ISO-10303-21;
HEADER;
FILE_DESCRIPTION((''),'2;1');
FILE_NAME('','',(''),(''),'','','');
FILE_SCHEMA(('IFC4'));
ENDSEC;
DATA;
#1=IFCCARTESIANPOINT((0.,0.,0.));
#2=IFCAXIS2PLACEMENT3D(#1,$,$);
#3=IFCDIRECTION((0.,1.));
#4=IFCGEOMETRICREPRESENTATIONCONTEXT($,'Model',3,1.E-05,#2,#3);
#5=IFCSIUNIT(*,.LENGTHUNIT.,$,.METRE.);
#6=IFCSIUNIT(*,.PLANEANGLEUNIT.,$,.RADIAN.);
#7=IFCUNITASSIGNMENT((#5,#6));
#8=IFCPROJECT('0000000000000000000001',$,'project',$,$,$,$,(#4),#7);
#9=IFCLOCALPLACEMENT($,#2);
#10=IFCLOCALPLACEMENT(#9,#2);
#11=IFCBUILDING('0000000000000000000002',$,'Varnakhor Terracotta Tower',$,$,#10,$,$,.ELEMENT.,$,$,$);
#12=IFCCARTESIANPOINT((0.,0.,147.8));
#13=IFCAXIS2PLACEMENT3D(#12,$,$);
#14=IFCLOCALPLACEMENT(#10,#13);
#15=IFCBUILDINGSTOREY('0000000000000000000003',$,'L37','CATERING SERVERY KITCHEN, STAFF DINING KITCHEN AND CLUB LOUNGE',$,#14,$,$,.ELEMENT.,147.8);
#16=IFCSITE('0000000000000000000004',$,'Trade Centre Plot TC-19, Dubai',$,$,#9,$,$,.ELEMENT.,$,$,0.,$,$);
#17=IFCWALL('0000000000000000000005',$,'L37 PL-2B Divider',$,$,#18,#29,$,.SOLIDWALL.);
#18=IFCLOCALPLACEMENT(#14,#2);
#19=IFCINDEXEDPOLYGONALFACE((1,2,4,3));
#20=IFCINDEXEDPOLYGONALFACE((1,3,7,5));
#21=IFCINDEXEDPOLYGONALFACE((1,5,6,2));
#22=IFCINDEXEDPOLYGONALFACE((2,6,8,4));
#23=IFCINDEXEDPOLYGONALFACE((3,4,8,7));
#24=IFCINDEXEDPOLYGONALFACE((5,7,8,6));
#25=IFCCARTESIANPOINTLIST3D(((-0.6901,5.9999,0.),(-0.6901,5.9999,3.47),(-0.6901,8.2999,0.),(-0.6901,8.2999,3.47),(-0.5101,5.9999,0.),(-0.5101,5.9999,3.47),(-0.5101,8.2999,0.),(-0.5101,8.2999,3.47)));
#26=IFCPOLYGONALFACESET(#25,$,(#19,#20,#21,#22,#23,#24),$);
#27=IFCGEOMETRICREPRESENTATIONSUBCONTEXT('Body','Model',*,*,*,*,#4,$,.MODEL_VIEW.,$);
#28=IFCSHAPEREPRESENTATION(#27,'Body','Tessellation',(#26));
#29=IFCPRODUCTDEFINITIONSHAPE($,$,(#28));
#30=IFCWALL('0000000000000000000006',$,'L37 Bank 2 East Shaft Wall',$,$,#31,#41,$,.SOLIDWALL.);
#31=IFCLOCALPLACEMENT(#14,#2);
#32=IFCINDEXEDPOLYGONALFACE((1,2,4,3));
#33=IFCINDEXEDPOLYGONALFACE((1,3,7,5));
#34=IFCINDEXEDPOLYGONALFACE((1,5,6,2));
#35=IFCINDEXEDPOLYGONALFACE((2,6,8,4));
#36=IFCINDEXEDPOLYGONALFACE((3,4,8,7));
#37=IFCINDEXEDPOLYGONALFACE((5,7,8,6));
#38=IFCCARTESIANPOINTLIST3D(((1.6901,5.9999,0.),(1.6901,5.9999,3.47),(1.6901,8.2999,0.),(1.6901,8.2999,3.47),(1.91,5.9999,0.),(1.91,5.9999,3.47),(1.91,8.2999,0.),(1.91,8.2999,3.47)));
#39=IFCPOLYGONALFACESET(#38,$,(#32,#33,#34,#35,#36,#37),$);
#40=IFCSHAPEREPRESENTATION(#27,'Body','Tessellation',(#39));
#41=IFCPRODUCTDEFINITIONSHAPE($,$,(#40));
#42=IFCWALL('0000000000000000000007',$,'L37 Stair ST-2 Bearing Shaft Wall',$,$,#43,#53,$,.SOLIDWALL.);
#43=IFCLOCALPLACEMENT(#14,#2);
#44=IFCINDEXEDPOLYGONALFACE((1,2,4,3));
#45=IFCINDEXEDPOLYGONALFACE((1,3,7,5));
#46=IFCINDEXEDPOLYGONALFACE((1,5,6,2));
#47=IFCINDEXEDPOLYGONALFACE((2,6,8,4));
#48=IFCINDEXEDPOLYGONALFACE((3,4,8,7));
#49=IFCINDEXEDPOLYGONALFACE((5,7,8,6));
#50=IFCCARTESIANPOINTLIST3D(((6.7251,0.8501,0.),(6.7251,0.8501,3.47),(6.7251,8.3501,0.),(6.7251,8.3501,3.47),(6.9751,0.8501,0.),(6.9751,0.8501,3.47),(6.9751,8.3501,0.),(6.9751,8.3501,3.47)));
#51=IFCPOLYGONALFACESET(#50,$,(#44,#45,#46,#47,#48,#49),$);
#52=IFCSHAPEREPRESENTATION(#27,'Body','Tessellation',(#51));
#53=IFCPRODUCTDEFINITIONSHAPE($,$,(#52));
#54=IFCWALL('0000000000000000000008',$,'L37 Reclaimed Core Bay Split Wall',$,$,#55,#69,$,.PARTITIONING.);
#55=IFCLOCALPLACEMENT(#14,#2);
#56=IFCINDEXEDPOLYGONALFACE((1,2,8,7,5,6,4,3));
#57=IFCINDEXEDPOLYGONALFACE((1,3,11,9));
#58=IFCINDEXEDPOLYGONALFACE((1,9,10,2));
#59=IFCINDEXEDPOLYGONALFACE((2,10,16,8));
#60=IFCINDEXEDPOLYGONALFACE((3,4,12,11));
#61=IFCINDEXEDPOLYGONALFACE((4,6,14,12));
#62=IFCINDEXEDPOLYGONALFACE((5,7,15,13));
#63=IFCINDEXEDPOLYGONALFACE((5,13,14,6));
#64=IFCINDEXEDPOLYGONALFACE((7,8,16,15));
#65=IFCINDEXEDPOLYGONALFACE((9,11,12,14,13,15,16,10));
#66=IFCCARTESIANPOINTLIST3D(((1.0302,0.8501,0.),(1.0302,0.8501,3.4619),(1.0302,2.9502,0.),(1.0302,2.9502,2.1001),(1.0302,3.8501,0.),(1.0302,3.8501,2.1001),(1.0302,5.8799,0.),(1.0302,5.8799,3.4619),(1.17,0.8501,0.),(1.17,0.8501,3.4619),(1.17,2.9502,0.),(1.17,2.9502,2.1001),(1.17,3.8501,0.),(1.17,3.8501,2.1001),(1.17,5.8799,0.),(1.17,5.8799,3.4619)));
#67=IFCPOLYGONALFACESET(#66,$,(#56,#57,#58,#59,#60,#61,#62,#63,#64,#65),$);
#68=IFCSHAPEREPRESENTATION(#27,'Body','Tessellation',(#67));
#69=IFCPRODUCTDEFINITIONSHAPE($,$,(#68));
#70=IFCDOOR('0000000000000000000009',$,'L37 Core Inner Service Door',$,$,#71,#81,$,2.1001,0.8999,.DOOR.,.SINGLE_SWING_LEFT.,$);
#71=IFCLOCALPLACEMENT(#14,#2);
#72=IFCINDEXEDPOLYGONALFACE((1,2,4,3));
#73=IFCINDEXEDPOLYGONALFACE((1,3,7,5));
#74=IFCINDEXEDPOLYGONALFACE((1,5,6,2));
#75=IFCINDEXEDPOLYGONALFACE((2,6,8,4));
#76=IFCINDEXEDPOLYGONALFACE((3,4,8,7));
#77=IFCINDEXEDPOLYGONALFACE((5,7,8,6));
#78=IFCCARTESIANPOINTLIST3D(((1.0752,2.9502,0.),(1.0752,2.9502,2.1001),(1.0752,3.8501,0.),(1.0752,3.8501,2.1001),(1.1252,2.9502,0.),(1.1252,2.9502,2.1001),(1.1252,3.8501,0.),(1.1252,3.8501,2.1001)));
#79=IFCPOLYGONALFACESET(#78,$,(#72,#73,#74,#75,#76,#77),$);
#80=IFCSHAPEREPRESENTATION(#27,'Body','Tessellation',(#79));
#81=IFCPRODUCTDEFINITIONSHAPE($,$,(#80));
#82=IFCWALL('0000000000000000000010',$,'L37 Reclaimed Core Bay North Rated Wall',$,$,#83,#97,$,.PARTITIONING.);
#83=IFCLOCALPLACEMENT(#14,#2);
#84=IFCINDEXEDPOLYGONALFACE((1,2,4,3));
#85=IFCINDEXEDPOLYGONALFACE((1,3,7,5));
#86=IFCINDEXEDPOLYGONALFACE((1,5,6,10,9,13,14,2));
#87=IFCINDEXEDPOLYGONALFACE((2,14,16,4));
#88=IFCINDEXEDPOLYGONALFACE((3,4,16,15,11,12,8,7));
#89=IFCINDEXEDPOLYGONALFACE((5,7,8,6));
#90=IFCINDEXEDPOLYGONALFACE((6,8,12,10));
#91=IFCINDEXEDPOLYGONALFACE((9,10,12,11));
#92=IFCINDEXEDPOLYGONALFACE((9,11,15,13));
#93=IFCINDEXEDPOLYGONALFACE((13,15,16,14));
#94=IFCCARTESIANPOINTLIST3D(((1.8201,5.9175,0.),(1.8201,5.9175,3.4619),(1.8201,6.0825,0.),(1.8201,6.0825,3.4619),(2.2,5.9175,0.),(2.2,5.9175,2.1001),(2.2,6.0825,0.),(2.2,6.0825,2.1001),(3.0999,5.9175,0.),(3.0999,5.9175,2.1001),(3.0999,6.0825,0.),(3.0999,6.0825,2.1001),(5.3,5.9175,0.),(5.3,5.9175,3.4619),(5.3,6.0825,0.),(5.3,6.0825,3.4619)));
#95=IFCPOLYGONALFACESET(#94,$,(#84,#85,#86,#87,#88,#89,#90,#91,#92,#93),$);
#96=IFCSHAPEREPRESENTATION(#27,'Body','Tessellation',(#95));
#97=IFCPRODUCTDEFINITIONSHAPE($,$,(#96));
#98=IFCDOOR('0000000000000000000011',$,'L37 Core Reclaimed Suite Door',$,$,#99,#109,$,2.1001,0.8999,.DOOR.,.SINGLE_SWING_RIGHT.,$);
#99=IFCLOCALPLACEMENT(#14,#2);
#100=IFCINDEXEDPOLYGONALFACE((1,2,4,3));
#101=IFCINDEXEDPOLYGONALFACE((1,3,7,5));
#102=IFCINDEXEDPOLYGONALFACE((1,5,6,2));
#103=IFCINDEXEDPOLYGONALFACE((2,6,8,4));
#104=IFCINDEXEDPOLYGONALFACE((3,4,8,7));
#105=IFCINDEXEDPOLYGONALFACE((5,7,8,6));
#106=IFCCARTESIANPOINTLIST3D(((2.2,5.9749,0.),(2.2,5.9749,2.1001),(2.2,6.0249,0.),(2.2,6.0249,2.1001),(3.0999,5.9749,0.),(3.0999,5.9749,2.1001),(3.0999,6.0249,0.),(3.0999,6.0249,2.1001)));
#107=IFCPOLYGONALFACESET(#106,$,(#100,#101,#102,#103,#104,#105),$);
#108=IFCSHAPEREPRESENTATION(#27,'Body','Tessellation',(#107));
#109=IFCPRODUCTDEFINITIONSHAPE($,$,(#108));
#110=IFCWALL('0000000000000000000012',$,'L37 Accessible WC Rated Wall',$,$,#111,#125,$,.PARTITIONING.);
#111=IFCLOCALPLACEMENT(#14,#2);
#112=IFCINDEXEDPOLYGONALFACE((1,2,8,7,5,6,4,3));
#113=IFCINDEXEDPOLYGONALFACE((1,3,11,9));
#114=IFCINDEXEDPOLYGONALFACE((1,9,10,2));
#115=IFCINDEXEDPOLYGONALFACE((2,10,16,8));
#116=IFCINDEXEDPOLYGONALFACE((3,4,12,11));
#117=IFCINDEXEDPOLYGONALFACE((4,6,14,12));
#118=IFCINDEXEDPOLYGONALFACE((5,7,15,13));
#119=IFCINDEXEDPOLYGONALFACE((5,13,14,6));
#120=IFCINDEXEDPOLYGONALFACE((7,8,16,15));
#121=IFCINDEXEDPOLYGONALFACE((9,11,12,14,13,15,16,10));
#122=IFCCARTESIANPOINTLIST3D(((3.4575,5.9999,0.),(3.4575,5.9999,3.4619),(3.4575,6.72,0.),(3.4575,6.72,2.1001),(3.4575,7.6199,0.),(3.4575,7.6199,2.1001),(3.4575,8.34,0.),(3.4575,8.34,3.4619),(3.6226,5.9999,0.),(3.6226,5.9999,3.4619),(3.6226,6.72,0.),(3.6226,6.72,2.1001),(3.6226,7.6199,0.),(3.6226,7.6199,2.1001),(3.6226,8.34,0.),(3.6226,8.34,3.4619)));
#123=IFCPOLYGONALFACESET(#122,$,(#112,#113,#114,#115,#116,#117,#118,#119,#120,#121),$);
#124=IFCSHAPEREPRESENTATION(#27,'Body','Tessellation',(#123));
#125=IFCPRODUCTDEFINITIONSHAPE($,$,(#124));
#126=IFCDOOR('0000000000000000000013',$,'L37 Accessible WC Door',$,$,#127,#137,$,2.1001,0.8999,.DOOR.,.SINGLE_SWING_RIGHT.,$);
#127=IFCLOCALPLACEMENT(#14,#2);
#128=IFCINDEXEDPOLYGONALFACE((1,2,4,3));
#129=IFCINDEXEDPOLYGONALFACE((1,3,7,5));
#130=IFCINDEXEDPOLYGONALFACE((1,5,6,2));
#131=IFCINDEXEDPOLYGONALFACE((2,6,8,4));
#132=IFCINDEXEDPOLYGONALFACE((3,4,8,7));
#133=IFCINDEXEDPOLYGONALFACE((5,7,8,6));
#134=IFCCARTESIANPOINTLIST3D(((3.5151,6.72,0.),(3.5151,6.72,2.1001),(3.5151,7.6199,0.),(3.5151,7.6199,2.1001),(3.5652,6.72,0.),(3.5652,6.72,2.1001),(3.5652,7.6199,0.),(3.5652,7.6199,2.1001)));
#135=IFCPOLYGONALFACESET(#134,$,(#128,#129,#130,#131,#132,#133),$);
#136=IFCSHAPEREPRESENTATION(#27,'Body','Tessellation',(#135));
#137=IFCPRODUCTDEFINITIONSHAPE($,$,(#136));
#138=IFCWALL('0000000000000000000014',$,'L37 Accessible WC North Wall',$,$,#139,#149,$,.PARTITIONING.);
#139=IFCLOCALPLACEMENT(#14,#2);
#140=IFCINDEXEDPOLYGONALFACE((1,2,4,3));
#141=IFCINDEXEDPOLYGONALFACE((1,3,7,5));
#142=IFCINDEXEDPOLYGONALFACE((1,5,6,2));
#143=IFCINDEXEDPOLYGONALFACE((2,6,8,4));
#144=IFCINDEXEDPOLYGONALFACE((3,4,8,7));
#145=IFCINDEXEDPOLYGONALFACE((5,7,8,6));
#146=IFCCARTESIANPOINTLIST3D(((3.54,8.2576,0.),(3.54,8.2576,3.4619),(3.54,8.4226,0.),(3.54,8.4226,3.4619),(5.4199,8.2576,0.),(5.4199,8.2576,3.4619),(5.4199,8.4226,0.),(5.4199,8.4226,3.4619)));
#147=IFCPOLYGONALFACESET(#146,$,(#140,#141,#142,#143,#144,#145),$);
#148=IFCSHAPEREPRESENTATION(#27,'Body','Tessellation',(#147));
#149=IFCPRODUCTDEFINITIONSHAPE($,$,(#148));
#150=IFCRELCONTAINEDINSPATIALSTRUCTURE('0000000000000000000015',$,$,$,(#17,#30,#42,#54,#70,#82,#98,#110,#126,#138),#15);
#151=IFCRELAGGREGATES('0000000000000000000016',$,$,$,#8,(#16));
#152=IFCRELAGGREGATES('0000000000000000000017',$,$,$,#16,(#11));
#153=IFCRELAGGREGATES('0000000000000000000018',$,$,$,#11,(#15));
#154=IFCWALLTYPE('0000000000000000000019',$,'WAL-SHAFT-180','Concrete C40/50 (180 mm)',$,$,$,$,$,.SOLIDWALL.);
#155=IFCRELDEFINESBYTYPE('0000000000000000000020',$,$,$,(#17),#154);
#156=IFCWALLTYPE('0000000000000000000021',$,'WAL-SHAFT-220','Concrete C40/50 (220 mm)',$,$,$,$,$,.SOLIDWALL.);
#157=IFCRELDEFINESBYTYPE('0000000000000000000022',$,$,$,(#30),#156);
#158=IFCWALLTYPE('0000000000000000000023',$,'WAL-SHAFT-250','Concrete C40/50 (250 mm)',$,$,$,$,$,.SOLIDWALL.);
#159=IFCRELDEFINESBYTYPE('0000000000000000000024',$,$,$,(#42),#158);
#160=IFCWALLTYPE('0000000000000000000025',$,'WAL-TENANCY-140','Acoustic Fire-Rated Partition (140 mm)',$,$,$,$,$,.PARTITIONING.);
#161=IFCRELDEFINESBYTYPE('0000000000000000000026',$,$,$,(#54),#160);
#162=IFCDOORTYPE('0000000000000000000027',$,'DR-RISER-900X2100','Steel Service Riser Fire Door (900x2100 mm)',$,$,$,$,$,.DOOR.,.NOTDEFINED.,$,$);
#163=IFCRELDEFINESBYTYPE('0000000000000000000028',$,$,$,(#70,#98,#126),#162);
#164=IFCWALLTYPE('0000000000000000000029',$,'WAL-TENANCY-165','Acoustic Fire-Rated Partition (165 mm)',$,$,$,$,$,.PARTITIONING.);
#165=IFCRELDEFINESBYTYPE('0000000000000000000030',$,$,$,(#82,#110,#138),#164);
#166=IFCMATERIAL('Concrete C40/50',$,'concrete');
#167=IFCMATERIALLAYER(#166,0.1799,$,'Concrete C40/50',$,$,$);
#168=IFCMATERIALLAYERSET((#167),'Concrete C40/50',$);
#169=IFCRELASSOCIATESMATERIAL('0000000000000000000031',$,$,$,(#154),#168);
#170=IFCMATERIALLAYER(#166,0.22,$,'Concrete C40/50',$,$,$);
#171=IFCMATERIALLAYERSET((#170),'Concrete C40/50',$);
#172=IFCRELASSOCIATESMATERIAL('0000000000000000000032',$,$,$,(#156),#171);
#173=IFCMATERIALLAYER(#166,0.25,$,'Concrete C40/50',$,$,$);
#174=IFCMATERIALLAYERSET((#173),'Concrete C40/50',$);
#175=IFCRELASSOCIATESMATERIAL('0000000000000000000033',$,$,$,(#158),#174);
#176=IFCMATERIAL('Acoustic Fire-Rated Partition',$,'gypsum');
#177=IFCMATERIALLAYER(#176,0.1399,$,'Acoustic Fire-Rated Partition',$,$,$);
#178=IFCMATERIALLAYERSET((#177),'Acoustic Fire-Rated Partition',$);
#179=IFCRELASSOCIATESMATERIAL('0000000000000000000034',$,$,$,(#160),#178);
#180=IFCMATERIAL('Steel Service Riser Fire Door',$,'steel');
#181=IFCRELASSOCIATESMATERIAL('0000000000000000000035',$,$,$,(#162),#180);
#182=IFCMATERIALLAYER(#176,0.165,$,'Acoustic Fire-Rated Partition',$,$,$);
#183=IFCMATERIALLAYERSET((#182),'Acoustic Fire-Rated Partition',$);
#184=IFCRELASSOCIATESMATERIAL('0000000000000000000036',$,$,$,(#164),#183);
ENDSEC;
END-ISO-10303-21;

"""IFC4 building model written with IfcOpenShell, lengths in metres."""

from ifc_helpers import new_model, si_unit, direction, frame, frame_2d, origin, place, context, subcontext, project, spatial, rectangle, extrude, source, transform, mapped, material, layer, layer_set, type_object, type_shapes, element, fill, save


model = new_model("IFC4")

# Units and contexts
model_context = context("Model", 3, precision=1e-05, world=origin(), true_north=direction((0.0, 1.0)))
body_context = subcontext(model_context, "Body", "Model", "MODEL_VIEW")
ifc_project = project(units=[si_unit("LENGTHUNIT", "METRE"), si_unit("PLANEANGLEUNIT", "RADIAN")], contexts=[model_context])

# Site, building, storey
site_placement = place(None, origin())
site = spatial("IfcSite", under=ifc_project, at=site_placement, Name="Trade Centre Plot TC-19, Dubai", CompositionType="ELEMENT", RefElevation=0.0)
building_placement = place(site_placement, origin())
building = spatial("IfcBuilding", under=site, at=building_placement, Name="Varnakhor Terracotta Tower", CompositionType="ELEMENT")
storey_placement = place(building_placement, frame((0.0, 0.0, 147.8)))
storey = spatial("IfcBuildingStorey", under=building, at=storey_placement, Name="L37", Description="CATERING SERVERY KITCHEN, STAFF DINING KITCHEN AND CLUB LOUNGE", CompositionType="ELEMENT", Elevation=147.8)

# Shared definitions
ifc_material_1 = material(Name="Concrete C40/50", Category="concrete")

# Walls
ifc_layer_1 = layer(ifc_material_1, 0.1799, Name="Concrete C40/50")
ifc_layer_set_1 = layer_set([ifc_layer_1], Name="Concrete C40/50")
wall_type_1 = type_object("IfcWallType", Name="WAL-SHAFT-180", Description="Concrete C40/50 (180 mm)", PredefinedType="SOLIDWALL", material=ifc_layer_set_1)
for number, where, z_axis, x_axis, name in (
    (1, (-0.6001, 6.0, 0.0), (0.0, 0.0, 1.0), (0.0, 1.0, 0.0), "L37 PL-2B Divider"),
):
    element("IfcWall", number, at=place(storey_placement, frame(where, z_axis=z_axis, x_axis=x_axis)), inside=storey, type_object=wall_type_1, Name=name, PredefinedType="SOLIDWALL", context=body_context, shape_type="SweptSolid", body=[
        extrude(rectangle(XDim=2.3, YDim=0.1799, at=frame_2d((1.1499, 0.0))), origin(), (0.0, 0.0, 1.0), 3.47),
    ])
ifc_layer_2 = layer(ifc_material_1, 0.22, Name="Concrete C40/50")
ifc_layer_set_2 = layer_set([ifc_layer_2], Name="Concrete C40/50")
wall_type_2 = type_object("IfcWallType", Name="WAL-SHAFT-220", Description="Concrete C40/50 (220 mm)", PredefinedType="SOLIDWALL", material=ifc_layer_set_2)
wall_1_placement = place(storey_placement, frame((1.8, 6.0, 0.0), z_axis=(0.0, 0.0, 1.0), x_axis=(0.0, 1.0, 0.0)))
element("IfcWall", 2, at=wall_1_placement, inside=storey, type_object=wall_type_2, Name="L37 Bank 2 East Shaft Wall", PredefinedType="SOLIDWALL", context=body_context, shape_type="SweptSolid", body=[
    extrude(rectangle(XDim=2.3, YDim=0.22, at=frame_2d((1.1499, 0.0))), origin(), (0.0, 0.0, 1.0), 3.47),
])
ifc_layer_3 = layer(ifc_material_1, 0.25, Name="Concrete C40/50")
ifc_layer_set_3 = layer_set([ifc_layer_3], Name="Concrete C40/50")
wall_type_3 = type_object("IfcWallType", Name="WAL-SHAFT-250", Description="Concrete C40/50 (250 mm)", PredefinedType="SOLIDWALL", material=ifc_layer_set_3)
wall_2_placement = place(storey_placement, frame((6.8501, 0.8501, 0.0), z_axis=(0.0, 0.0, 1.0), x_axis=(0.0, 1.0, 0.0)))
element("IfcWall", 3, at=wall_2_placement, inside=storey, type_object=wall_type_3, Name="L37 Stair ST-2 Bearing Shaft Wall", PredefinedType="SOLIDWALL", context=body_context, shape_type="SweptSolid", body=[
    extrude(rectangle(XDim=7.5, YDim=0.25, at=frame_2d((3.75, 0.0))), origin(), (0.0, 0.0, 1.0), 3.47),
])

# Walls, openings, doors
ifc_material_2 = material(Name="Acoustic Fire-Rated Partition", Category="gypsum")
ifc_layer_4 = layer(ifc_material_2, 0.1399, Name="Acoustic Fire-Rated Partition")
ifc_layer_set_4 = layer_set([ifc_layer_4], Name="Acoustic Fire-Rated Partition")
wall_type_4 = type_object("IfcWallType", Name="WAL-TENANCY-140", Description="Acoustic Fire-Rated Partition (140 mm)", PredefinedType="PARTITIONING", material=ifc_layer_set_4)
wall_3_placement = place(storey_placement, frame((1.1001, 0.8501, 0.0), z_axis=(0.0, 0.0, 1.0), x_axis=(0.0, 1.0, 0.0)))
wall_3 = element("IfcWall", 4, at=wall_3_placement, inside=storey, type_object=wall_type_4, Name="L37 Reclaimed Core Bay Split Wall", PredefinedType="PARTITIONING", context=body_context, shape_type="SweptSolid", body=[
    extrude(rectangle(XDim=5.0298, YDim=0.1399, at=frame_2d((2.5149, 0.0))), origin(), (0.0, 0.0, 1.0), 3.4619),
])
opening_1_placement = place(wall_3_placement, frame((2.1001, 0.0, 0.0)))
opening_1 = element("IfcOpeningElement", 5, at=opening_1_placement, cuts=wall_3, PredefinedType="OPENING", context=body_context, shape_type="SweptSolid", body=[
    extrude(rectangle(XDim=0.8999, YDim=2.1001, at=frame_2d((0.45, 1.05))), frame((0.0, 0.0801, 0.0), z_axis=(0.0, -1.0, 0.0), x_axis=(1.0, 0.0, 0.0)), (0.0, 0.0, 1.0), 0.1599),
])
ifc_material_3 = material(Name="Steel Service Riser Fire Door", Category="steel")
door_type_1 = type_object("IfcDoorType", Name="DR-RISER-900X2100", Description="Steel Service Riser Fire Door (900x2100 mm)", OperationType="NOTDEFINED", PredefinedType="DOOR", material=ifc_material_3)
shared_shape_1 = source(origin(), body_context, "Body", "SweptSolid", [
    extrude(rectangle(XDim=0.8999, YDim=2.1001, at=frame_2d((0.45, 1.05))), frame((0.0, 0.0249, 0.0), z_axis=(0.0, -1.0, 0.0), x_axis=(1.0, 0.0, 0.0)), (0.0, 0.0, 1.0), 0.05),
])
type_shapes(door_type_1, [shared_shape_1])
door_1_placement = place(opening_1_placement, origin())
door_1 = element("IfcDoor", 6, at=door_1_placement, inside=storey, type_object=door_type_1, Name="L37 Core Inner Service Door", OperationType="SINGLE_SWING_LEFT", OverallHeight=2.1001, OverallWidth=0.8999, PredefinedType="DOOR", context=body_context, shape_type="MappedRepresentation", body=[
    mapped(shared_shape_1, transform((0.0, 0.0, 0.0), scale=1.0)),
])
fill(opening_1, door_1)
ifc_layer_5 = layer(ifc_material_2, 0.165, Name="Acoustic Fire-Rated Partition")
ifc_layer_set_5 = layer_set([ifc_layer_5], Name="Acoustic Fire-Rated Partition")
wall_type_5 = type_object("IfcWallType", Name="WAL-TENANCY-165", Description="Acoustic Fire-Rated Partition (165 mm)", PredefinedType="PARTITIONING", material=ifc_layer_set_5)
wall_4_placement = place(storey_placement, frame((1.8201, 6.0, 0.0), z_axis=(0.0, 0.0, 1.0), x_axis=(1.0, 0.0, 0.0)))
wall_4 = element("IfcWall", 7, at=wall_4_placement, inside=storey, type_object=wall_type_5, Name="L37 Reclaimed Core Bay North Rated Wall", PredefinedType="PARTITIONING", context=body_context, shape_type="SweptSolid", body=[
    extrude(rectangle(XDim=3.48, YDim=0.165, at=frame_2d((1.74, 0.0))), origin(), (0.0, 0.0, 1.0), 3.4619),
])
opening_2_placement = place(wall_4_placement, frame((0.3799, 0.0, 0.0)))
opening_2 = element("IfcOpeningElement", 8, at=opening_2_placement, cuts=wall_4, PredefinedType="OPENING", context=body_context, shape_type="SweptSolid", body=[
    extrude(rectangle(XDim=0.8999, YDim=2.1001, at=frame_2d((0.45, 1.05))), frame((0.0, 0.0925, 0.0), z_axis=(0.0, -1.0, 0.0), x_axis=(1.0, 0.0, 0.0)), (0.0, 0.0, 1.0), 0.1851),
])
door_2_placement = place(opening_2_placement, origin())
door_2 = element("IfcDoor", 9, at=door_2_placement, inside=storey, type_object=door_type_1, Name="L37 Core Reclaimed Suite Door", OperationType="SINGLE_SWING_RIGHT", OverallHeight=2.1001, OverallWidth=0.8999, PredefinedType="DOOR", context=body_context, shape_type="MappedRepresentation", body=[
    mapped(shared_shape_1, transform((0.0, 0.0, 0.0), scale=1.0)),
])
fill(opening_2, door_2)
wall_5_placement = place(storey_placement, frame((3.54, 6.0, 0.0), z_axis=(0.0, 0.0, 1.0), x_axis=(0.0, 1.0, 0.0)))
wall_5 = element("IfcWall", 10, at=wall_5_placement, inside=storey, type_object=wall_type_5, Name="L37 Accessible WC Rated Wall", PredefinedType="PARTITIONING", context=body_context, shape_type="SweptSolid", body=[
    extrude(rectangle(XDim=2.3401, YDim=0.165, at=frame_2d((1.1699, 0.0))), origin(), (0.0, 0.0, 1.0), 3.4619),
])
opening_3_placement = place(wall_5_placement, frame((0.72, 0.0, 0.0)))
opening_3 = element("IfcOpeningElement", 11, at=opening_3_placement, cuts=wall_5, PredefinedType="OPENING", context=body_context, shape_type="SweptSolid", body=[
    extrude(rectangle(XDim=0.8999, YDim=2.1001, at=frame_2d((0.45, 1.05))), frame((0.0, 0.0925, 0.0), z_axis=(0.0, -1.0, 0.0), x_axis=(1.0, 0.0, 0.0)), (0.0, 0.0, 1.0), 0.1851),
])
door_3_placement = place(opening_3_placement, origin())
door_3 = element("IfcDoor", 12, at=door_3_placement, inside=storey, type_object=door_type_1, Name="L37 Accessible WC Door", OperationType="SINGLE_SWING_RIGHT", OverallHeight=2.1001, OverallWidth=0.8999, PredefinedType="DOOR", context=body_context, shape_type="MappedRepresentation", body=[
    mapped(shared_shape_1, transform((0.0, 0.0, 0.0), scale=1.0)),
])
fill(opening_3, door_3)

# Wall
wall_6_placement = place(storey_placement, frame((3.54, 8.3401, 0.0), z_axis=(0.0, 0.0, 1.0), x_axis=(1.0, 0.0, 0.0)))
element("IfcWall", 13, at=wall_6_placement, inside=storey, type_object=wall_type_5, Name="L37 Accessible WC North Wall", PredefinedType="PARTITIONING", context=body_context, shape_type="SweptSolid", body=[
    extrude(rectangle(XDim=1.8799, YDim=0.165, at=frame_2d((0.9399, 0.0))), origin(), (0.0, 0.0, 1.0), 3.4619),
])

save(model, "model.ifc")
